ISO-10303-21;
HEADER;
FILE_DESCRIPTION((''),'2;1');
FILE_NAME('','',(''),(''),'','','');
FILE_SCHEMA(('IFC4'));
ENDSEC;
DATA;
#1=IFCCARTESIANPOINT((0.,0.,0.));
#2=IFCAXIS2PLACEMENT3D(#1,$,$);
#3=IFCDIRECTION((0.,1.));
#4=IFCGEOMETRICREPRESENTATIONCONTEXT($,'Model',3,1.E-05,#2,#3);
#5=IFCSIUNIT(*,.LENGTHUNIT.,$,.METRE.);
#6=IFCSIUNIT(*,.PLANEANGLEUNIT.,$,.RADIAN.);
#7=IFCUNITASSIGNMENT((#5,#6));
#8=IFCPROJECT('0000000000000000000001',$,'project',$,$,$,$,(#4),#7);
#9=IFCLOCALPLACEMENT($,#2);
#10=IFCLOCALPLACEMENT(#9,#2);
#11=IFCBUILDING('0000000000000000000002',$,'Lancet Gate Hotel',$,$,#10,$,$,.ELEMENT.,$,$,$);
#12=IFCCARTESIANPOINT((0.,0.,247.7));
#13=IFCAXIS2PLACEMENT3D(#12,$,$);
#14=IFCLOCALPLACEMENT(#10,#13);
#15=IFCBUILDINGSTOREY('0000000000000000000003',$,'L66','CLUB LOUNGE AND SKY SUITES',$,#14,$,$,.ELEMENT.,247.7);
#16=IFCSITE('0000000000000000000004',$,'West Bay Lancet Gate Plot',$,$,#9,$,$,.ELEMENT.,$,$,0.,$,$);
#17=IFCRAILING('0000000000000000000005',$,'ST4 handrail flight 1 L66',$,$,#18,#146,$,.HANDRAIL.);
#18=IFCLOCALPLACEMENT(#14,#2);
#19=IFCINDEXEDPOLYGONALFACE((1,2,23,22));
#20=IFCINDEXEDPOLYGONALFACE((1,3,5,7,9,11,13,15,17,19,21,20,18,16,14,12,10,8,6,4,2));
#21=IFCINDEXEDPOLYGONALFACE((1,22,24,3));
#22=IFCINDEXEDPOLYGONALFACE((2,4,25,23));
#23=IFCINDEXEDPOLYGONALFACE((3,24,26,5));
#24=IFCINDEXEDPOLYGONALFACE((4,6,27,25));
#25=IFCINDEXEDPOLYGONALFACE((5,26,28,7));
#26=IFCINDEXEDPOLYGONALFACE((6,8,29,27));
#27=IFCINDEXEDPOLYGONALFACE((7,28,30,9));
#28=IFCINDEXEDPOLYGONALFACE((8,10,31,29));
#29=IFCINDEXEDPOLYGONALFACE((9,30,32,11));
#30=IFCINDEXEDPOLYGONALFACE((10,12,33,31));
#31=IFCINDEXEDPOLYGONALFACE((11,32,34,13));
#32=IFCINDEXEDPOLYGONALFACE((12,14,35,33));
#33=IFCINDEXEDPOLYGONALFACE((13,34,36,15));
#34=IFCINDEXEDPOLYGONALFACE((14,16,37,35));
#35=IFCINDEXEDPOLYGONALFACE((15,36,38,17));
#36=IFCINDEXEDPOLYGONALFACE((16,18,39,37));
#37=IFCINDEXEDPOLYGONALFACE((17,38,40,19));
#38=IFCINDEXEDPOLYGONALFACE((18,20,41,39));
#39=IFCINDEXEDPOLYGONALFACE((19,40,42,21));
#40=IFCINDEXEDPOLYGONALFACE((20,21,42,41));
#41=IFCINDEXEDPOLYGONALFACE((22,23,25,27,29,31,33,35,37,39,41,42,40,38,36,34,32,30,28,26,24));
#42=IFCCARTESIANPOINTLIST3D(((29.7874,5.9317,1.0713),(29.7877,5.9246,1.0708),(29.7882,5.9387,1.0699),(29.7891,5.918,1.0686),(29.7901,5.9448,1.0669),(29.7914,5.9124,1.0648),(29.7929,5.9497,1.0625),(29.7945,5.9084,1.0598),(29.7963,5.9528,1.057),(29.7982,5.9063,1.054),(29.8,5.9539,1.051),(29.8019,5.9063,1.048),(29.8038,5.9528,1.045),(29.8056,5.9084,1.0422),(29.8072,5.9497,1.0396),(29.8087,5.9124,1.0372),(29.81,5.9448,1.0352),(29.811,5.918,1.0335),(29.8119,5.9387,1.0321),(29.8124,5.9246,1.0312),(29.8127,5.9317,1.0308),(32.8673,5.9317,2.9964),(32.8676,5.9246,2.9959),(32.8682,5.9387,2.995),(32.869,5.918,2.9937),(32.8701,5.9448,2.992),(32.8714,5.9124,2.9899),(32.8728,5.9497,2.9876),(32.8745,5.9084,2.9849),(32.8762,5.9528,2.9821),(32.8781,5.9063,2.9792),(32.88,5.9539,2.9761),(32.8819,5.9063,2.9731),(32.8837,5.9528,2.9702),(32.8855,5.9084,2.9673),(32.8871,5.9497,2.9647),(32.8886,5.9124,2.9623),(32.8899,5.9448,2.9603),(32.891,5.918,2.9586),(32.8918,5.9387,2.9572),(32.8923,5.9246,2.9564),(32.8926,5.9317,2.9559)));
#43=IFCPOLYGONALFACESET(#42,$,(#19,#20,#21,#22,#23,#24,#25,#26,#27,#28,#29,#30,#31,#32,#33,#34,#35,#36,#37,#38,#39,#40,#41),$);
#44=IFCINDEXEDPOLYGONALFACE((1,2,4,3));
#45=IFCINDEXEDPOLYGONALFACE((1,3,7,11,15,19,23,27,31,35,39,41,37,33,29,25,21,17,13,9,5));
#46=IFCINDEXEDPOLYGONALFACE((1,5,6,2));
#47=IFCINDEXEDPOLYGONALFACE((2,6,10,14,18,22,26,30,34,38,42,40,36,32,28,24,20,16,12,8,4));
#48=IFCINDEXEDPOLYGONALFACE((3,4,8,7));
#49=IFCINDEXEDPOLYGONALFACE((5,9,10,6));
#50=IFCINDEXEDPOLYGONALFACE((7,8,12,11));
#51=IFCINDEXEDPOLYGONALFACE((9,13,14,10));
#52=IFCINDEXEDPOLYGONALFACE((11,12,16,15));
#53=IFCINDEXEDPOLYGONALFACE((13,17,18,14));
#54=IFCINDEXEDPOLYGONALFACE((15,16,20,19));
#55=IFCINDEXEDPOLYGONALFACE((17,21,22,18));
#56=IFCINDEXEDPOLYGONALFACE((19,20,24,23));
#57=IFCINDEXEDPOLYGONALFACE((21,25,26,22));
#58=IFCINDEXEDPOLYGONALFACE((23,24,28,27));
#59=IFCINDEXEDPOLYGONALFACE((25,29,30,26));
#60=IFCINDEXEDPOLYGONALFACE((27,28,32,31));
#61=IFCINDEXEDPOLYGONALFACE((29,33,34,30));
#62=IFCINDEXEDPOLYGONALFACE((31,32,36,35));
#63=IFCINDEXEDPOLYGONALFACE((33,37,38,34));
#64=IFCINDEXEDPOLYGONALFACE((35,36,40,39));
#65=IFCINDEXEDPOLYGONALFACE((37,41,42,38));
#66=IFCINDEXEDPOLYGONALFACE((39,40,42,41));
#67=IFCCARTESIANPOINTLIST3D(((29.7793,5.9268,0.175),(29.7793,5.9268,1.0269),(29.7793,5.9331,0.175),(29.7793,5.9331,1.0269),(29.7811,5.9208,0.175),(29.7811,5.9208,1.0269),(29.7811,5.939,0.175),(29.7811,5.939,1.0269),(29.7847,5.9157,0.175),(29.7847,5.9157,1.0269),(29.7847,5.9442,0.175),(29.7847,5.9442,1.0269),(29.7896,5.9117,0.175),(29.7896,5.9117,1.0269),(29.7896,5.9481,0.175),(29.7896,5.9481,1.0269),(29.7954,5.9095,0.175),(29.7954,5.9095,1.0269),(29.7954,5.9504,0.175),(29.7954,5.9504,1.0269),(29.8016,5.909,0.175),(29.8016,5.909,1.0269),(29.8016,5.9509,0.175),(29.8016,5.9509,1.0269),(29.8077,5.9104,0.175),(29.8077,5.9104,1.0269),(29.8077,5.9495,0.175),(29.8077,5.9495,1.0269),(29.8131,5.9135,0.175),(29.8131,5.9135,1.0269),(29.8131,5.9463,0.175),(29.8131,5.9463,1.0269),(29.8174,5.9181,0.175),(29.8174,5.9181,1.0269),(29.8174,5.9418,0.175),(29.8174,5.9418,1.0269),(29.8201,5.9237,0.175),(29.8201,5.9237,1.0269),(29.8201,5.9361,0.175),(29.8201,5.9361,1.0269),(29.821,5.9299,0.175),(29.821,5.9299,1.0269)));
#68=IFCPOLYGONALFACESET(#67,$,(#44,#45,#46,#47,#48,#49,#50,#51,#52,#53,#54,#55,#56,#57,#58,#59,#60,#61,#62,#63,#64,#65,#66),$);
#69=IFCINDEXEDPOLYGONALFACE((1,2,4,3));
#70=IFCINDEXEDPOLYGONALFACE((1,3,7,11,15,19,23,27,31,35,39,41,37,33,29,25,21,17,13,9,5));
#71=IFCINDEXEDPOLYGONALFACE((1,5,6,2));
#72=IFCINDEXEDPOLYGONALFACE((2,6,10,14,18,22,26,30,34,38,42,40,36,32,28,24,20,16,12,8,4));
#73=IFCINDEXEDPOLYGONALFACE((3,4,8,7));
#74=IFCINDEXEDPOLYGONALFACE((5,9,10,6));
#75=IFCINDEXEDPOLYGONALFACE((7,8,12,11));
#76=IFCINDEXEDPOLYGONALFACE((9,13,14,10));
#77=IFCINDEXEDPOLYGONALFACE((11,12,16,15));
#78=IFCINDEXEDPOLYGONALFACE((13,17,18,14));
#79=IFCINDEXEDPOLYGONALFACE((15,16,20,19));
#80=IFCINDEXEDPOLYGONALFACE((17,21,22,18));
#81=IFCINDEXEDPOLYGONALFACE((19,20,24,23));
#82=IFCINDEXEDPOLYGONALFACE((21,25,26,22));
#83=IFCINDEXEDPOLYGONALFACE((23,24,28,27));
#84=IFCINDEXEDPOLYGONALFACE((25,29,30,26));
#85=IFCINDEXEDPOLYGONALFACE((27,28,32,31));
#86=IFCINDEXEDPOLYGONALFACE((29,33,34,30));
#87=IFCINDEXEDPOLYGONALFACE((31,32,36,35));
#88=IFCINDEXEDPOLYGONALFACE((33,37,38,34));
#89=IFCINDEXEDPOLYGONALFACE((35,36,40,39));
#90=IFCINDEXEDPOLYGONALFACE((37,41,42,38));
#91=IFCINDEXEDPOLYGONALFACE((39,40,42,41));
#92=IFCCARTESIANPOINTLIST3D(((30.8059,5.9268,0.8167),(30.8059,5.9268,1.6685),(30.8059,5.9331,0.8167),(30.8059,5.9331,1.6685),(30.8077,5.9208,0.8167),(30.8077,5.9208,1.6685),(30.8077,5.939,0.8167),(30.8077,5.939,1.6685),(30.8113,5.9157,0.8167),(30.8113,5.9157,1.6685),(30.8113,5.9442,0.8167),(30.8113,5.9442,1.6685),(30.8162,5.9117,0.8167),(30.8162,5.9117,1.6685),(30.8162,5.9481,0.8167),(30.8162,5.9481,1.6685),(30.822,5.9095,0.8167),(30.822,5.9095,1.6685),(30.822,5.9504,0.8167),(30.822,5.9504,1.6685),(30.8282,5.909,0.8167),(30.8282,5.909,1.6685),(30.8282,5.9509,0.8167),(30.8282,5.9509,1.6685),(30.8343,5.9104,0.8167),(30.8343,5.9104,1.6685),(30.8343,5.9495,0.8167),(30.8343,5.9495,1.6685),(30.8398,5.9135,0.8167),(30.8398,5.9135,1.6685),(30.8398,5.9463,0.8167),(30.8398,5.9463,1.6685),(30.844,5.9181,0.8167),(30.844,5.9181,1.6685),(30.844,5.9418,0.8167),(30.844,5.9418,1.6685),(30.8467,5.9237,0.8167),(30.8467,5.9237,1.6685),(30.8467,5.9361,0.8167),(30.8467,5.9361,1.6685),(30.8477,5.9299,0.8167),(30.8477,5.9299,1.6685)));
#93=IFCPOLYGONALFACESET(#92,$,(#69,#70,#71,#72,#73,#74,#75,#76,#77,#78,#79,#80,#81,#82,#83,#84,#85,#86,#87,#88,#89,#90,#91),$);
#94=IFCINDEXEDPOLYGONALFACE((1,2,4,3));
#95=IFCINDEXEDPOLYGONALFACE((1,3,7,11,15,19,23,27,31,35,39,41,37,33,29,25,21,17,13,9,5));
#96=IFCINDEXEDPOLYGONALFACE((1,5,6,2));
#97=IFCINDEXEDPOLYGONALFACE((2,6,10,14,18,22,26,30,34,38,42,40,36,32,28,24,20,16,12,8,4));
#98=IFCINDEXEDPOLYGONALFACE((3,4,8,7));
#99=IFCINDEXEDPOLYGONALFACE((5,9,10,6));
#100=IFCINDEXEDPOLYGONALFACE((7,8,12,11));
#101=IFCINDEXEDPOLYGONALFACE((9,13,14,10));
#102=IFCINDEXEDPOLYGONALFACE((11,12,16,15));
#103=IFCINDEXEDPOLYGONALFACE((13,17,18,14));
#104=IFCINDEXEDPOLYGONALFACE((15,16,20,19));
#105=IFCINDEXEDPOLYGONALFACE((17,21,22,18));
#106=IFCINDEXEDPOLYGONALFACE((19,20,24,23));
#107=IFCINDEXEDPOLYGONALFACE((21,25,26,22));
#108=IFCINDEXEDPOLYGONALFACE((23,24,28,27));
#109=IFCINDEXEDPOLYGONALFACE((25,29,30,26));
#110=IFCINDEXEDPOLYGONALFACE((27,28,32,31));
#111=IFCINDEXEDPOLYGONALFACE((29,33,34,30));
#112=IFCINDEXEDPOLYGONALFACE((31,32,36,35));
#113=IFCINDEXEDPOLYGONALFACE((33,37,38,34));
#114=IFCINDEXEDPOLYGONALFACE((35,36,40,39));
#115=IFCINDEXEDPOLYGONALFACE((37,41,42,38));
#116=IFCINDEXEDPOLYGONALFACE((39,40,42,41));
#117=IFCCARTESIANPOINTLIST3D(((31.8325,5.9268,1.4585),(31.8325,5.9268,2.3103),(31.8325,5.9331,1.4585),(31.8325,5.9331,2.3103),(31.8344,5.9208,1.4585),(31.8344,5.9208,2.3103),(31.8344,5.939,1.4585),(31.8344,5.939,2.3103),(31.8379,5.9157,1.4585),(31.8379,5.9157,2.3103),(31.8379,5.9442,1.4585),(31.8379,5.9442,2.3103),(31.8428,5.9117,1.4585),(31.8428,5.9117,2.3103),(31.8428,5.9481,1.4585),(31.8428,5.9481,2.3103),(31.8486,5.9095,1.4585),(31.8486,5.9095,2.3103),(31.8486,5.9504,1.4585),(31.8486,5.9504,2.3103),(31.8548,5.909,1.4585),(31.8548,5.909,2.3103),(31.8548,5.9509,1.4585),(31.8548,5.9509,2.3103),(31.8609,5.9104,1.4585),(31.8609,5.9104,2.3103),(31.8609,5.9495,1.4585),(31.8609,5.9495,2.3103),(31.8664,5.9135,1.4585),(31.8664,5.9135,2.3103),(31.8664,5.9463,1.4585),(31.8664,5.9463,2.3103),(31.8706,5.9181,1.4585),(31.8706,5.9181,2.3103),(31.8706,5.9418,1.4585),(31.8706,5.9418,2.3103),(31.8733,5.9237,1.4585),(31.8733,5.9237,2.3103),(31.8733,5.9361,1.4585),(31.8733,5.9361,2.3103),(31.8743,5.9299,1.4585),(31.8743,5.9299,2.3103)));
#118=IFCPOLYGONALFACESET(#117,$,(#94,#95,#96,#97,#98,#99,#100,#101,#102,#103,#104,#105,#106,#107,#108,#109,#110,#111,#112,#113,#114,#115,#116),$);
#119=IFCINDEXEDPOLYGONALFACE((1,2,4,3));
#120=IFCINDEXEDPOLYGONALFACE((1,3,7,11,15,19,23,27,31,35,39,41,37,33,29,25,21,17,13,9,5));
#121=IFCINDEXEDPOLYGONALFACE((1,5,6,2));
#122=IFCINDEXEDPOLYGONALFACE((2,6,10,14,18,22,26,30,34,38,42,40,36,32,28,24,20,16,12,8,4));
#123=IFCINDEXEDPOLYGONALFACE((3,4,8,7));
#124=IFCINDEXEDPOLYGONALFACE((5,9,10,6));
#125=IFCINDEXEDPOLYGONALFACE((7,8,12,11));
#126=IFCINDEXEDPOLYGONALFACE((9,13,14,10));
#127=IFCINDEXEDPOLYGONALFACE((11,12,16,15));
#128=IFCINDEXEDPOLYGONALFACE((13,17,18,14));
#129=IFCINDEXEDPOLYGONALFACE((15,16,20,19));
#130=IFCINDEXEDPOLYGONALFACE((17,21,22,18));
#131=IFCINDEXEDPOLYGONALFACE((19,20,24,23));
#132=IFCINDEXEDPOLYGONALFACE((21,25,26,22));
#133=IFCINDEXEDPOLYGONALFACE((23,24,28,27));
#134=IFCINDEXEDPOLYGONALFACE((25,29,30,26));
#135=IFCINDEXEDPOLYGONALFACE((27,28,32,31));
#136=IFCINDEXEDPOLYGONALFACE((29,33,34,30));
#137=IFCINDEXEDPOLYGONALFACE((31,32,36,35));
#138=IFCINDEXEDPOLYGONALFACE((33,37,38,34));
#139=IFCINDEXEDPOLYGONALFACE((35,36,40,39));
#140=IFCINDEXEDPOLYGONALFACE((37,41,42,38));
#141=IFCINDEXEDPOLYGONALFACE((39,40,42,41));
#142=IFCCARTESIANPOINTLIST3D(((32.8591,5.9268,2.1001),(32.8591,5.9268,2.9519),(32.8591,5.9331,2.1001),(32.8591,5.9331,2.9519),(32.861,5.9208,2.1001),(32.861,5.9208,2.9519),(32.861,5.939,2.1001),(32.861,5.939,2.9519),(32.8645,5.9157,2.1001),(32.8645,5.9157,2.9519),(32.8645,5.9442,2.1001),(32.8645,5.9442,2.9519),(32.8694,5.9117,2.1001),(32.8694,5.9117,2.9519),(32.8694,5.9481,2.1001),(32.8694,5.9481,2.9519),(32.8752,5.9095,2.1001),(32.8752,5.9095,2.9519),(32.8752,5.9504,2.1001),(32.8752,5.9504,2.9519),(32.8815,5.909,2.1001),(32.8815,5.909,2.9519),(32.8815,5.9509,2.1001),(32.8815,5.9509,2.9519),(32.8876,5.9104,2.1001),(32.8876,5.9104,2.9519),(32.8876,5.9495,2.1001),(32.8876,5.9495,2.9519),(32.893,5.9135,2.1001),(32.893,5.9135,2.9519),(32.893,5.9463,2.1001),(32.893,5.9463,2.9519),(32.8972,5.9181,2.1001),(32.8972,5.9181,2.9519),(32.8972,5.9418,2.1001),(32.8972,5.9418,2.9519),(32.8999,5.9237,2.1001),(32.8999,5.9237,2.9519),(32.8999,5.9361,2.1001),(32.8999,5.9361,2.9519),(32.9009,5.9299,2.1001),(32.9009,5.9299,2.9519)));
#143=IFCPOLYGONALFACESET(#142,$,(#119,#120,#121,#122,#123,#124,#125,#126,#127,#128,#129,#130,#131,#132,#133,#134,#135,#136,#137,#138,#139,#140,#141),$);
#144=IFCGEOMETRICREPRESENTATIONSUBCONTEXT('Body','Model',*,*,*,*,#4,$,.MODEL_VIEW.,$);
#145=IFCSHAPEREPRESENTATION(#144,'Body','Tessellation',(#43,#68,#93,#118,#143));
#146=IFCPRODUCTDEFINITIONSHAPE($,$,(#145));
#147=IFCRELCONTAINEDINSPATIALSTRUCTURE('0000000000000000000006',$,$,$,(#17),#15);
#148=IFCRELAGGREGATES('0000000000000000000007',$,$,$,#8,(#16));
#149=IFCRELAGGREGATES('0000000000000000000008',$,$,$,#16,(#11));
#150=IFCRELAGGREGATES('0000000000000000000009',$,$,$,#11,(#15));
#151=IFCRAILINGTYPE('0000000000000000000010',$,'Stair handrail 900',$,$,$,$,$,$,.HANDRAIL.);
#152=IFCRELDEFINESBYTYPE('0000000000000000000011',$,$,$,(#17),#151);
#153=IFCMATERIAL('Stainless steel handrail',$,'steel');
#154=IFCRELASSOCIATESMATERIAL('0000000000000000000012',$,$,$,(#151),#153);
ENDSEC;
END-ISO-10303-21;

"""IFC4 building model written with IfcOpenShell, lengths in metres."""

from ifc_helpers import new_model, si_unit, direction, frame, origin, origin_2d, place, context, subcontext, project, spatial, circle, extrude, material, type_object, element, save


model = new_model("IFC4")

# Units and contexts
model_context = context("Model", 3, precision=1e-05, world=origin(), true_north=direction((0.0, 1.0)))
body_context = subcontext(model_context, "Body", "Model", "MODEL_VIEW")
ifc_project = project(units=[si_unit("LENGTHUNIT", "METRE"), si_unit("PLANEANGLEUNIT", "RADIAN")], contexts=[model_context])

# Site, building, storey
site_placement = place(None, origin())
site = spatial("IfcSite", under=ifc_project, at=site_placement, Name="West Bay Lancet Gate Plot", CompositionType="ELEMENT", RefElevation=0.0)
building_placement = place(site_placement, origin())
building = spatial("IfcBuilding", under=site, at=building_placement, Name="Lancet Gate Hotel", CompositionType="ELEMENT")
storey_placement = place(building_placement, frame((0.0, 0.0, 247.7)))
storey = spatial("IfcBuildingStorey", under=building, at=storey_placement, Name="L66", Description="CLUB LOUNGE AND SKY SUITES", CompositionType="ELEMENT", Elevation=247.7)

# Railing
ifc_material_1 = material(Name="Stainless steel handrail", Category="steel")
railing_type = type_object("IfcRailingType", Name="Stair handrail 900", PredefinedType="HANDRAIL", material=ifc_material_1)
railing_1_placement = place(storey_placement, frame((29.8, 5.9299, 0.175)))
element("IfcRailing", 1, at=railing_1_placement, inside=storey, type_object=railing_type, Name="ST4 handrail flight 1 L66", PredefinedType="HANDRAIL", context=body_context, shape_type="SweptSolid", body=[
    extrude(circle(Radius=0.0239, at=origin_2d()), frame((0.0, 0.0, 0.876), z_axis=(0.847979, 0.0, 0.530029), x_axis=(0.0, 1.0, 0.0)), (0.0, 0.0, 1.0), 3.6321),
    extrude(circle(Radius=0.021, at=origin_2d()), origin(), (0.0, 0.0, 1.0), 0.8518),
    extrude(circle(Radius=0.021, at=origin_2d()), frame((1.0266, 0.0, 0.6416)), (0.0, 0.0, 1.0), 0.8518),
    extrude(circle(Radius=0.021, at=origin_2d()), frame((2.0532, 0.0, 1.2834)), (0.0, 0.0, 1.0), 0.8518),
    extrude(circle(Radius=0.021, at=origin_2d()), frame((3.0798, 0.0, 1.925)), (0.0, 0.0, 1.0), 0.8518),
])

save(model, "model.ifc")
